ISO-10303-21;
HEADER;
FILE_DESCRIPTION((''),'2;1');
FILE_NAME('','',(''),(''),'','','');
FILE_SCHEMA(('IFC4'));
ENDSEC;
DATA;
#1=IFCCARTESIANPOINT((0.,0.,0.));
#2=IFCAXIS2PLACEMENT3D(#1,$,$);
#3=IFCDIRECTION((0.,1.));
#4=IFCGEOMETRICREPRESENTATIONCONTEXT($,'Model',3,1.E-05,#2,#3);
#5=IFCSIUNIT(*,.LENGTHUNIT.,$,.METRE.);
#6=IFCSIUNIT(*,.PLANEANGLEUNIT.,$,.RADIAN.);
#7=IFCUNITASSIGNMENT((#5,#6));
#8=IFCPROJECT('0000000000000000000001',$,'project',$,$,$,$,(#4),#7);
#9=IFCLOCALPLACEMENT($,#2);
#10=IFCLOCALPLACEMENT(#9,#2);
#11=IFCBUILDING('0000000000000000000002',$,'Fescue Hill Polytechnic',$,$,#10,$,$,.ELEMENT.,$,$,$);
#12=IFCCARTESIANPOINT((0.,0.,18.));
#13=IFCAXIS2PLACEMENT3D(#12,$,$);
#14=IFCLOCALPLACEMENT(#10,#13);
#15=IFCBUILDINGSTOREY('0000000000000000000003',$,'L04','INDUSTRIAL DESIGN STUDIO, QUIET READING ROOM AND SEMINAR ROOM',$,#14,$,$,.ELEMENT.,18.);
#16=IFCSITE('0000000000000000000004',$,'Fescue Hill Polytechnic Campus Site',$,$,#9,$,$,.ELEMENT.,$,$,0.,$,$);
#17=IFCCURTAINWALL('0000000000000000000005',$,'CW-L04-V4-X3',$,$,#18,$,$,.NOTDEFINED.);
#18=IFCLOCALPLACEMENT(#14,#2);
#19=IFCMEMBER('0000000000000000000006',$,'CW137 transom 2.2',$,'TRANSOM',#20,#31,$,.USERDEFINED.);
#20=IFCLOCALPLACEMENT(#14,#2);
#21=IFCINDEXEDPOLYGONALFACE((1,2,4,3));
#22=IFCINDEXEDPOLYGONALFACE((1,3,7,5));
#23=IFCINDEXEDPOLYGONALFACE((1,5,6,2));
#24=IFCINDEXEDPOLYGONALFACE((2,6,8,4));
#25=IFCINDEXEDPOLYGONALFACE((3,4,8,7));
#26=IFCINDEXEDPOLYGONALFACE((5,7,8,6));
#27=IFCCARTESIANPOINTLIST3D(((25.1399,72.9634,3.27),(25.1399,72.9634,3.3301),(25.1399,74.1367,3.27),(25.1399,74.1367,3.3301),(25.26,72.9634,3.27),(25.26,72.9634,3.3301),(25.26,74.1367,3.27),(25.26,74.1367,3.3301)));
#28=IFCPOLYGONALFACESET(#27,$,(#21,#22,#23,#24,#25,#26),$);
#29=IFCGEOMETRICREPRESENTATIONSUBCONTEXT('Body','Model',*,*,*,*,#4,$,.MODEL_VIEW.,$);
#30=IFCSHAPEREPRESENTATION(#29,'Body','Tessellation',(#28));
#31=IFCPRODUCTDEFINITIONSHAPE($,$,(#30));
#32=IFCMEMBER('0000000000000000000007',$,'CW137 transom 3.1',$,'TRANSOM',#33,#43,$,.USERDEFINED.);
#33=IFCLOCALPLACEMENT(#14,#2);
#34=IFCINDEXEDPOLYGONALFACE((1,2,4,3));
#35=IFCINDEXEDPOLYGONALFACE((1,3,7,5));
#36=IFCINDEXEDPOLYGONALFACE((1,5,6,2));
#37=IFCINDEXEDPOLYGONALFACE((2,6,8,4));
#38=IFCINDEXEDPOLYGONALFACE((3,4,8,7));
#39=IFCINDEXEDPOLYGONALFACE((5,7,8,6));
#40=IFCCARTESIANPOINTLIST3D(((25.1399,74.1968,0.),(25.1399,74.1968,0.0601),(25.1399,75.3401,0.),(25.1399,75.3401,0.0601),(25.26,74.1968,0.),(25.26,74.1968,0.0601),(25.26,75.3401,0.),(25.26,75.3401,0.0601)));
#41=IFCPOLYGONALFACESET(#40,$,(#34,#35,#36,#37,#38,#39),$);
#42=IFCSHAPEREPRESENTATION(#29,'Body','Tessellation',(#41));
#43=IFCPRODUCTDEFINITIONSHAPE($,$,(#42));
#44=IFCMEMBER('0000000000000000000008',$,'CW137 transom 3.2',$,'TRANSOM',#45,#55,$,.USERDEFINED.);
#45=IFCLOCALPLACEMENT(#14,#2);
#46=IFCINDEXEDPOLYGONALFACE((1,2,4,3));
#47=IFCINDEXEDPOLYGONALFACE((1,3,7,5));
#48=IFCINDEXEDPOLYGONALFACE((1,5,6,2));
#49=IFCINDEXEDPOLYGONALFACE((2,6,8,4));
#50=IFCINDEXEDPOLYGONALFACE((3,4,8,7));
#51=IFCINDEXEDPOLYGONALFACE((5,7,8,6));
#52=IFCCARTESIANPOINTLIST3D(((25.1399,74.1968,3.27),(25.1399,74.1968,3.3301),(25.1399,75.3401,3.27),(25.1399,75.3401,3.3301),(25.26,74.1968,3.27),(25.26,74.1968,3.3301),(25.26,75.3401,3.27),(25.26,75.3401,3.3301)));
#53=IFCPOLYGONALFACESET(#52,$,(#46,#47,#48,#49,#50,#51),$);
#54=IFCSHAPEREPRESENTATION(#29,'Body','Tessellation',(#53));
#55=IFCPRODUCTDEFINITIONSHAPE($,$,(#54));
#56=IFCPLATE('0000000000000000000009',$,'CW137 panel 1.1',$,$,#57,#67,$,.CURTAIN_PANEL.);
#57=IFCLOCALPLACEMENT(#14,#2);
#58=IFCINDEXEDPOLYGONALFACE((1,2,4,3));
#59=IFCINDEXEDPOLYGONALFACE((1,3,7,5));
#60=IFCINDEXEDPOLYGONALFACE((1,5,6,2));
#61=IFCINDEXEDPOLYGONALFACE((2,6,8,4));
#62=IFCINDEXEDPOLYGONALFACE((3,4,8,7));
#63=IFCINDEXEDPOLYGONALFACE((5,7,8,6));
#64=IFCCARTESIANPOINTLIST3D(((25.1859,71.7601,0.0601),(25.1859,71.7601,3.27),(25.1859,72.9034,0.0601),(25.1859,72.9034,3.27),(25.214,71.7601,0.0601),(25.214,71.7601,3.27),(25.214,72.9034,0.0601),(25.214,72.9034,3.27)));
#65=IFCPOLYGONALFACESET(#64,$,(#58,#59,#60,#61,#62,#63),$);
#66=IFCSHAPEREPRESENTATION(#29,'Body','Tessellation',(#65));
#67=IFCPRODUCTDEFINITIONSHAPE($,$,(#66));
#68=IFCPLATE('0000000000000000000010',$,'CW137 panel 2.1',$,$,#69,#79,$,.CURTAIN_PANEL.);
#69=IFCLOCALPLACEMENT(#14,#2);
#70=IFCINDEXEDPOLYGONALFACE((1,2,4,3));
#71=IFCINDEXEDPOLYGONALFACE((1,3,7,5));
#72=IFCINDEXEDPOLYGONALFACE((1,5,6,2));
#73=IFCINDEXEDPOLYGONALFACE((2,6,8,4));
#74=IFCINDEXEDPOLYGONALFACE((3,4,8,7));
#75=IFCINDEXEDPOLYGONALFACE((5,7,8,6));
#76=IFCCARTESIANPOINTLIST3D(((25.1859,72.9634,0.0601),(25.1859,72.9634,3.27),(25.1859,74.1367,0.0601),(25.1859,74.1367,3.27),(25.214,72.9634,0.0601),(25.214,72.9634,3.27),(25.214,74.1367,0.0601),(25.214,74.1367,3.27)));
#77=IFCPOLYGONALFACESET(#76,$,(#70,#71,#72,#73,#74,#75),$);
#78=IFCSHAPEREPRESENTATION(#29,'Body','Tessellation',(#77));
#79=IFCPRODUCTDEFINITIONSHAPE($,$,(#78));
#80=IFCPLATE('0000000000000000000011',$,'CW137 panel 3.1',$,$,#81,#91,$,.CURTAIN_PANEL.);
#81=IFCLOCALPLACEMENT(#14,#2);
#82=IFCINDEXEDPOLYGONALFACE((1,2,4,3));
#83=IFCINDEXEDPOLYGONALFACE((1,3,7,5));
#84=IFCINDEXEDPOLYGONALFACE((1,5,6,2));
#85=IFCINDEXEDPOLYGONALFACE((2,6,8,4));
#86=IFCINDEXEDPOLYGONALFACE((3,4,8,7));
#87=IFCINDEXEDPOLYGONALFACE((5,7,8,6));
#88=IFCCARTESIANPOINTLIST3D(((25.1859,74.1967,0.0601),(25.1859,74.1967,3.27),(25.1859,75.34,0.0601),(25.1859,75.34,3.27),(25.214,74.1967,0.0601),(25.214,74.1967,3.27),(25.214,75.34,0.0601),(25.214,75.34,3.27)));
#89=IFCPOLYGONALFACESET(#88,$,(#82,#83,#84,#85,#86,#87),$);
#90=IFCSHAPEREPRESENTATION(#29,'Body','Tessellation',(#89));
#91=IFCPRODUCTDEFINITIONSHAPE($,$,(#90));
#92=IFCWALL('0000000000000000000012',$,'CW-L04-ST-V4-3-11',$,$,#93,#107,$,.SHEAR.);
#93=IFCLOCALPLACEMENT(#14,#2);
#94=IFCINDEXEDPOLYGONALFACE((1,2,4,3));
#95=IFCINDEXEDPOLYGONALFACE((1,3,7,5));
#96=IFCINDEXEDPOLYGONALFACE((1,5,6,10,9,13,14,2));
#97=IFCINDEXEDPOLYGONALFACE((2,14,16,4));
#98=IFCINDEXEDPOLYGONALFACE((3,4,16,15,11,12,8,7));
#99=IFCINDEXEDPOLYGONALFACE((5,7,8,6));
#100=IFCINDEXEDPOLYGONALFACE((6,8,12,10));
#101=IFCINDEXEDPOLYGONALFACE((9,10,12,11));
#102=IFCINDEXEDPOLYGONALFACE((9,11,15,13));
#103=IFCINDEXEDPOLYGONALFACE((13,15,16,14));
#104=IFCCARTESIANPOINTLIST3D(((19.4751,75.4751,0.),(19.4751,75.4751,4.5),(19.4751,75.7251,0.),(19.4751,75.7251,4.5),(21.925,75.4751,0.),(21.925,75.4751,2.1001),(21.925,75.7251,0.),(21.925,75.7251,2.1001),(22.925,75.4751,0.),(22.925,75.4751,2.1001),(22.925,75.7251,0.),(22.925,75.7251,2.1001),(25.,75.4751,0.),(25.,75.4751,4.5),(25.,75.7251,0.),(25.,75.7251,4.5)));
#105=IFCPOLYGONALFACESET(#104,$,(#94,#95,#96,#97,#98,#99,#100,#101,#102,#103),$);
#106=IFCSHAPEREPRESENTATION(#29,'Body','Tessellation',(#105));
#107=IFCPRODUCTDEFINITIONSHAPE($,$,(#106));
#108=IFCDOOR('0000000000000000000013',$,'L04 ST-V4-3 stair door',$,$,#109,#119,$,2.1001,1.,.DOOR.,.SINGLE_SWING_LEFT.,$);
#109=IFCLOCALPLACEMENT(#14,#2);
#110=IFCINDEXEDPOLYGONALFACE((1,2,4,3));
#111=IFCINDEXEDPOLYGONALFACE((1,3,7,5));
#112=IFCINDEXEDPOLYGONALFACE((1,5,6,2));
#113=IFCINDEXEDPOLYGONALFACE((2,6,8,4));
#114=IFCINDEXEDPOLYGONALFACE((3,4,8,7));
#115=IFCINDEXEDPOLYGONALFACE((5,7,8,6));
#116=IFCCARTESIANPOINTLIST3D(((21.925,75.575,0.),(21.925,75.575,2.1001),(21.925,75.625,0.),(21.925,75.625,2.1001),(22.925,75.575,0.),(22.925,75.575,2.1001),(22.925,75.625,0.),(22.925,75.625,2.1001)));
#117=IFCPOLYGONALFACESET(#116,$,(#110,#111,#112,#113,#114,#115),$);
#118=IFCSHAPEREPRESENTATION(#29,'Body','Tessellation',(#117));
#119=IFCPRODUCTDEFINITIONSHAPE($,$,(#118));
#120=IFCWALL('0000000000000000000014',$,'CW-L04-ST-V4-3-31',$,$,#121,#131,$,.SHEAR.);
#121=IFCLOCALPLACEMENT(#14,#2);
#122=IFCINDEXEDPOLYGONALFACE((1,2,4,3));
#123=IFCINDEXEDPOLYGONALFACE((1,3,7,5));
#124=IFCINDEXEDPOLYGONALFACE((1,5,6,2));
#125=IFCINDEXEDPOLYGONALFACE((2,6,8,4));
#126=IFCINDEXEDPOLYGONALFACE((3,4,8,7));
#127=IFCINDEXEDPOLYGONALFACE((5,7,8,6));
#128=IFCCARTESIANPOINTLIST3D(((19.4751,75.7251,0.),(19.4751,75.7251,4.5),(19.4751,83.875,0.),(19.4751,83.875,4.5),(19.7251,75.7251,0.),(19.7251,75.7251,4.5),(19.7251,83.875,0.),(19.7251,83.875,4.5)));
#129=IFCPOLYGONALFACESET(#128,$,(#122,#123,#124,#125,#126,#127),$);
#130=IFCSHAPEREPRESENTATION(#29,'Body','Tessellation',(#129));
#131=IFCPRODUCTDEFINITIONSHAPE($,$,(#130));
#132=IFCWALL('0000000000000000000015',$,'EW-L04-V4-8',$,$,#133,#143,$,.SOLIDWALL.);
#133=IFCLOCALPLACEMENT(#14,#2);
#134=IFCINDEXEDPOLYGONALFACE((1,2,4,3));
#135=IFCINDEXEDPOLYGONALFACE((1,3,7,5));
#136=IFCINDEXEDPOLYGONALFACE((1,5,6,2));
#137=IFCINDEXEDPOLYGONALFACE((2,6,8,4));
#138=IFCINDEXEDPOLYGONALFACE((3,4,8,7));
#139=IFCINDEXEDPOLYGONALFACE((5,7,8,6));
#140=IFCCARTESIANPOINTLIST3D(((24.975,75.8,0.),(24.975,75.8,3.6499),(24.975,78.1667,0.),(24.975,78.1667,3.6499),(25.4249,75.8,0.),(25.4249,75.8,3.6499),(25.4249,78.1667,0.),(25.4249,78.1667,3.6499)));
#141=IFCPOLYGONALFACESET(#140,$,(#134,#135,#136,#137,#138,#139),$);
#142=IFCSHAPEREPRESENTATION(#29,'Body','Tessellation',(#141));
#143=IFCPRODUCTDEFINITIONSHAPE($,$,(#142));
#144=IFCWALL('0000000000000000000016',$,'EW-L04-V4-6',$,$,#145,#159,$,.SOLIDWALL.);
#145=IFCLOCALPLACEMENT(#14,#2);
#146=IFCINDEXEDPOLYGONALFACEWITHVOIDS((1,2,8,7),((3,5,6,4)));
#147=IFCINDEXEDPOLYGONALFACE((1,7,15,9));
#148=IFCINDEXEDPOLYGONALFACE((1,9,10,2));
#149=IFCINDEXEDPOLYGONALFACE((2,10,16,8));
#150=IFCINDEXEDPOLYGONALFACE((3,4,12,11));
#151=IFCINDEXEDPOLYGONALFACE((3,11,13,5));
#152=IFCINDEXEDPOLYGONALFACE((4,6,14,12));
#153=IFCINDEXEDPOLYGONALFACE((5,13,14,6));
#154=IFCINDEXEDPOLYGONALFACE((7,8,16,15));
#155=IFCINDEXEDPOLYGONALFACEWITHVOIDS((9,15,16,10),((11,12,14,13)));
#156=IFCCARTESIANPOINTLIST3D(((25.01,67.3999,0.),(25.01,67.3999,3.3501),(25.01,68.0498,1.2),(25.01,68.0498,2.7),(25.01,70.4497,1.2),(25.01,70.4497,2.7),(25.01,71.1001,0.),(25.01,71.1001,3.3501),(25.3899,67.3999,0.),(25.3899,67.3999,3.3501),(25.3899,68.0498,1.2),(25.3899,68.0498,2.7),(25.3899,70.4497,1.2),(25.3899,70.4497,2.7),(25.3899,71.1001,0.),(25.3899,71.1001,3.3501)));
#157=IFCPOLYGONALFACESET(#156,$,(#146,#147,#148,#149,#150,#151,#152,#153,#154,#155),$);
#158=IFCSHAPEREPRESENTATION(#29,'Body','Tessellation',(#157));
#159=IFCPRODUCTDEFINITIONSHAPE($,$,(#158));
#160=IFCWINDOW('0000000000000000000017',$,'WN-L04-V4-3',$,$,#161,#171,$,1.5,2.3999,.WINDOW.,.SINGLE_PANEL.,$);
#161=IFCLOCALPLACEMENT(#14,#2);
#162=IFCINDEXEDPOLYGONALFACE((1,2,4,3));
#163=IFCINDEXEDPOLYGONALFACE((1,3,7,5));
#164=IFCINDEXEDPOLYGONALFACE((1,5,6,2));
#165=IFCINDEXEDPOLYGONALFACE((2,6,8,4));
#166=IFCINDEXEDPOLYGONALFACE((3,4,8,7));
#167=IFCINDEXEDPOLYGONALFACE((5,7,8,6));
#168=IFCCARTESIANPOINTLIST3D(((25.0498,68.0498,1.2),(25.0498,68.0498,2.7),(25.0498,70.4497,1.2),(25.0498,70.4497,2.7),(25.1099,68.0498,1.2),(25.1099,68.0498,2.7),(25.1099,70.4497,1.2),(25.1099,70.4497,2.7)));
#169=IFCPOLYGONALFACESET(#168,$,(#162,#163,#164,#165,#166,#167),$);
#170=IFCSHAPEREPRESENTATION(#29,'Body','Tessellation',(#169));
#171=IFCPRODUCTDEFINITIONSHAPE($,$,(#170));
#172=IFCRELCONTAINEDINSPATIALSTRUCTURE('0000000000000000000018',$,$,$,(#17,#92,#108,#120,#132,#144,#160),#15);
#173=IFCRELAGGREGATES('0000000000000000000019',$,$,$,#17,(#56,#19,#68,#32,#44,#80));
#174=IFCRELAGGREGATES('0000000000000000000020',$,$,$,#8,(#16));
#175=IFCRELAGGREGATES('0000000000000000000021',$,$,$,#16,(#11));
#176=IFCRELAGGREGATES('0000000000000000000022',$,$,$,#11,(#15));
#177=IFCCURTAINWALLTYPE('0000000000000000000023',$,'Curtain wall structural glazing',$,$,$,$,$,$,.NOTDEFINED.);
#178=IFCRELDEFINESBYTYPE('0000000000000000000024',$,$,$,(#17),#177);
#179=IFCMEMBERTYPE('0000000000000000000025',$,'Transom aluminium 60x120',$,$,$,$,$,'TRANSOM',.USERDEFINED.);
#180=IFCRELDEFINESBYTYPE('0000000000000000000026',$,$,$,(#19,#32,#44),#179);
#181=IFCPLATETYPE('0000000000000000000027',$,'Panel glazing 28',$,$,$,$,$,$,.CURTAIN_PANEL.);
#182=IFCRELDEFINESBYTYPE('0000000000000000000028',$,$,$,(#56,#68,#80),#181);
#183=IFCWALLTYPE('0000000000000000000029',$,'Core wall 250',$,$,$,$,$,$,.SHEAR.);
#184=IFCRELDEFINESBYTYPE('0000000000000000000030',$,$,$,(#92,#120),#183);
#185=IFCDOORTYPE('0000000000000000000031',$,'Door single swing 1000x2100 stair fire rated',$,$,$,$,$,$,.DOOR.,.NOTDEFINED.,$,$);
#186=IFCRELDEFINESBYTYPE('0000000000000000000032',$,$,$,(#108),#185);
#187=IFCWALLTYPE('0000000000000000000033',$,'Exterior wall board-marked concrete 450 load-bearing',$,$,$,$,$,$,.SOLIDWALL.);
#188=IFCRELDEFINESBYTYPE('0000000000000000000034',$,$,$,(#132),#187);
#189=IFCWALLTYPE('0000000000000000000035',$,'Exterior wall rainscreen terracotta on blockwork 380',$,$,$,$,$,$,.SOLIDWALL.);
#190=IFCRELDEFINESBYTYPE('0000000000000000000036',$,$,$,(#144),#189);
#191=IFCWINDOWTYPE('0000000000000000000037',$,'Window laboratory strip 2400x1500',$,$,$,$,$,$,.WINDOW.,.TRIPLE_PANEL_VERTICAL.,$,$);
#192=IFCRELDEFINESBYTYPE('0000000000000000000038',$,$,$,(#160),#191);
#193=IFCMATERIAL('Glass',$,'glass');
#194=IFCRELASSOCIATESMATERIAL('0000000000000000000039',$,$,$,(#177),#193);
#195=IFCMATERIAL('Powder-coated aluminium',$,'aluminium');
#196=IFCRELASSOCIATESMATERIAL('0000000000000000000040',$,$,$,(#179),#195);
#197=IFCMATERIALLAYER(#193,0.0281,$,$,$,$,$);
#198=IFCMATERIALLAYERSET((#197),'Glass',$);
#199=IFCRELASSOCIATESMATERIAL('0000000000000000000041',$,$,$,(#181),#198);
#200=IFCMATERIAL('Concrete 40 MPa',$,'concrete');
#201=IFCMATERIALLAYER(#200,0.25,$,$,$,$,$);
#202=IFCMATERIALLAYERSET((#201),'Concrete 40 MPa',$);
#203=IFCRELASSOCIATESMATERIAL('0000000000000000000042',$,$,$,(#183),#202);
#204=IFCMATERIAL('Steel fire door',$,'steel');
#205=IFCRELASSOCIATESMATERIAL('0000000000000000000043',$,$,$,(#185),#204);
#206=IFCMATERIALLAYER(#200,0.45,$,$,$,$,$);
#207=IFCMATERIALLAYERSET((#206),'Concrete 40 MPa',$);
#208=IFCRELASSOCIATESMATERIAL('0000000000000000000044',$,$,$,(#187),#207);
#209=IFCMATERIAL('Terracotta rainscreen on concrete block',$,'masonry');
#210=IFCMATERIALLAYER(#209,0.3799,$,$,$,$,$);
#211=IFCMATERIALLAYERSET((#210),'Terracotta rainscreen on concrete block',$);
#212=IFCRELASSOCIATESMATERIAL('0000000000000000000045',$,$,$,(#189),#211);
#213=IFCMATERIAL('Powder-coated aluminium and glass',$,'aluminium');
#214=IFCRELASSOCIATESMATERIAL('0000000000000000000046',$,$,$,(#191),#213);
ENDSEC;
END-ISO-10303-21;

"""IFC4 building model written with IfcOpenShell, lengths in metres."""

from ifc_helpers import new_model, si_unit, direction, frame, frame_2d, origin, origin_2d, place, context, subcontext, project, spatial, rectangle, extrude, material, layer, layer_set, material_profile, profile_set, type_object, element, fill, aggregate, save


model = new_model("IFC4")

# Units and contexts
model_context = context("Model", 3, precision=1e-05, world=origin(), true_north=direction((0.0, 1.0)))
body_context = subcontext(model_context, "Body", "Model", "MODEL_VIEW")
ifc_project = project(units=[si_unit("LENGTHUNIT", "METRE"), si_unit("PLANEANGLEUNIT", "RADIAN")], contexts=[model_context])

# Site, building, storey
site_placement = place(None, origin())
site = spatial("IfcSite", under=ifc_project, at=site_placement, Name="Fescue Hill Polytechnic Campus Site", CompositionType="ELEMENT", RefElevation=0.0)
building_placement = place(site_placement, origin())
building = spatial("IfcBuilding", under=site, at=building_placement, Name="Fescue Hill Polytechnic", CompositionType="ELEMENT")
storey_placement = place(building_placement, frame((0.0, 0.0, 18.0)))
storey = spatial("IfcBuildingStorey", under=building, at=storey_placement, Name="L04", Description="INDUSTRIAL DESIGN STUDIO, QUIET READING ROOM AND SEMINAR ROOM", CompositionType="ELEMENT", Elevation=18.0)

# Shared definitions
ifc_material_1 = material(Name="Concrete 40 MPa", Category="concrete")

# Curtain wall, members, plates
ifc_material_2 = material(Name="Glass", Category="glass")
curtain_wall_type = type_object("IfcCurtainWallType", Name="Curtain wall structural glazing", PredefinedType="NOTDEFINED", material=ifc_material_2)
curtain_wall_placement = place(storey_placement, origin())
curtain_wall = element("IfcCurtainWall", 1, at=curtain_wall_placement, inside=storey, type_object=curtain_wall_type, Name="CW-L04-V4-X3", PredefinedType="NOTDEFINED")
ifc_material_3 = material(Name="Powder-coated aluminium", Category="aluminium")
ifc_material_profile_1 = material_profile(ifc_material_3, rectangle(XDim=0.1201, YDim=0.0601, at=origin_2d()), Name="Transom aluminium 60x120")
ifc_profile_set_1 = profile_set([ifc_material_profile_1], Name="Powder-coated aluminium")
member_type_1 = type_object("IfcMemberType", Name="Transom aluminium 60x120", ElementType="TRANSOM", PredefinedType="USERDEFINED", material=ifc_profile_set_1)
member_1_placement = place(storey_placement, frame((25.2, 72.9634, 3.3), z_axis=(0.0, 1.0, 0.0), x_axis=(-1.0, 0.0, 0.0)))
member_1 = element("IfcMember", 2, at=member_1_placement, type_object=member_type_1, Name="CW137 transom 2.2", ObjectType="TRANSOM", PredefinedType="USERDEFINED", context=body_context, shape_type="SweptSolid", body=[
    extrude(rectangle(XDim=0.1201, YDim=0.0601, at=origin_2d()), origin(), (0.0, 0.0, 1.0), 1.1733),
])
member_2_placement = place(storey_placement, frame((25.2, 74.1968, 0.03), z_axis=(0.0, 1.0, 0.0), x_axis=(-1.0, 0.0, 0.0)))
member_2 = element("IfcMember", 3, at=member_2_placement, type_object=member_type_1, Name="CW137 transom 3.1", ObjectType="TRANSOM", PredefinedType="USERDEFINED", context=body_context, shape_type="SweptSolid", body=[
    extrude(rectangle(XDim=0.1201, YDim=0.0601, at=origin_2d()), origin(), (0.0, 0.0, 1.0), 1.1433),
])
member_3_placement = place(storey_placement, frame((25.2, 74.1968, 3.3), z_axis=(0.0, 1.0, 0.0), x_axis=(-1.0, 0.0, 0.0)))
member_3 = element("IfcMember", 4, at=member_3_placement, type_object=member_type_1, Name="CW137 transom 3.2", ObjectType="TRANSOM", PredefinedType="USERDEFINED", context=body_context, shape_type="SweptSolid", body=[
    extrude(rectangle(XDim=0.1201, YDim=0.0601, at=origin_2d()), origin(), (0.0, 0.0, 1.0), 1.1433),
])
ifc_layer_1 = layer(ifc_material_2, 0.0281)
ifc_layer_set_1 = layer_set([ifc_layer_1], Name="Glass")
plate_type = type_object("IfcPlateType", Name="Panel glazing 28", PredefinedType="CURTAIN_PANEL", material=ifc_layer_set_1)
plate_1_placement = place(storey_placement, frame((25.2, 72.3318, 0.0601), z_axis=(0.0, 0.0, 1.0), x_axis=(0.0, 1.0, 0.0)))
plate_1 = element("IfcPlate", 5, at=plate_1_placement, type_object=plate_type, Name="CW137 panel 1.1", PredefinedType="CURTAIN_PANEL", context=body_context, shape_type="SweptSolid", body=[
    extrude(rectangle(XDim=1.1433, YDim=0.0281, at=origin_2d()), origin(), (0.0, 0.0, 1.0), 3.21),
])
plate_2_placement = place(storey_placement, frame((25.2, 73.55, 0.0601), z_axis=(0.0, 0.0, 1.0), x_axis=(0.0, 1.0, 0.0)))
plate_2 = element("IfcPlate", 6, at=plate_2_placement, type_object=plate_type, Name="CW137 panel 2.1", PredefinedType="CURTAIN_PANEL", context=body_context, shape_type="SweptSolid", body=[
    extrude(rectangle(XDim=1.1733, YDim=0.0281, at=origin_2d()), origin(), (0.0, 0.0, 1.0), 3.21),
])
plate_3_placement = place(storey_placement, frame((25.2, 74.7683, 0.0601), z_axis=(0.0, 0.0, 1.0), x_axis=(0.0, 1.0, 0.0)))
plate_3 = element("IfcPlate", 7, at=plate_3_placement, type_object=plate_type, Name="CW137 panel 3.1", PredefinedType="CURTAIN_PANEL", context=body_context, shape_type="SweptSolid", body=[
    extrude(rectangle(XDim=1.1433, YDim=0.0281, at=origin_2d()), origin(), (0.0, 0.0, 1.0), 3.21),
])
aggregate(curtain_wall, [plate_1, member_1, plate_2, member_2, member_3, plate_3])

# Wall, opening, door
ifc_layer_2 = layer(ifc_material_1, 0.25)
ifc_layer_set_2 = layer_set([ifc_layer_2], Name="Concrete 40 MPa")
wall_type_1 = type_object("IfcWallType", Name="Core wall 250", PredefinedType="SHEAR", material=ifc_layer_set_2)
wall_1_placement = place(storey_placement, frame((19.4751, 75.6001, 0.0), z_axis=(0.0, 0.0, 1.0), x_axis=(1.0, 0.0, 0.0)))
wall_1 = element("IfcWall", 8, at=wall_1_placement, inside=storey, type_object=wall_type_1, Name="CW-L04-ST-V4-3-11", PredefinedType="SHEAR", context=body_context, shape_type="SweptSolid", body=[
    extrude(rectangle(XDim=5.5249, YDim=0.25, at=frame_2d((2.7625, 0.0))), origin(), (0.0, 0.0, 1.0), 4.5),
])
opening_1_placement = place(wall_1_placement, frame((2.45, 0.0, 0.0)))
opening_1 = element("IfcOpeningElement", 9, at=opening_1_placement, cuts=wall_1, PredefinedType="OPENING", context=body_context, shape_type="SweptSolid", body=[
    extrude(rectangle(XDim=1.0, YDim=2.1001, at=frame_2d((0.5, 1.05))), frame((0.0, 0.135, 0.0), z_axis=(0.0, -1.0, 0.0), x_axis=(1.0, 0.0, 0.0)), (0.0, 0.0, 1.0), 0.27),
])
ifc_material_4 = material(Name="Steel fire door", Category="steel")
door_type_1 = type_object("IfcDoorType", Name="Door single swing 1000x2100 stair fire rated", OperationType="NOTDEFINED", PredefinedType="DOOR", material=ifc_material_4)
door_1_placement = place(opening_1_placement, origin())
door_1 = element("IfcDoor", 10, at=door_1_placement, inside=storey, type_object=door_type_1, Name="L04 ST-V4-3 stair door", OperationType="SINGLE_SWING_LEFT", OverallHeight=2.1001, OverallWidth=1.0, PredefinedType="DOOR", context=body_context, shape_type="SweptSolid", body=[
    extrude(rectangle(XDim=1.0, YDim=2.1001, at=frame_2d((0.5, 1.05))), frame((0.0, 0.0249, 0.0), z_axis=(0.0, -1.0, 0.0), x_axis=(1.0, 0.0, 0.0)), (0.0, 0.0, 1.0), 0.05),
])
fill(opening_1, door_1)

# Walls
wall_2_placement = place(storey_placement, frame((19.6001, 75.7251, 0.0), z_axis=(0.0, 0.0, 1.0), x_axis=(0.0, 1.0, 0.0)))
element("IfcWall", 11, at=wall_2_placement, inside=storey, type_object=wall_type_1, Name="CW-L04-ST-V4-3-31", PredefinedType="SHEAR", context=body_context, shape_type="SweptSolid", body=[
    extrude(rectangle(XDim=8.1499, YDim=0.25, at=frame_2d((4.075, 0.0))), origin(), (0.0, 0.0, 1.0), 4.5),
])
ifc_layer_3 = layer(ifc_material_1, 0.45)
ifc_layer_set_3 = layer_set([ifc_layer_3], Name="Concrete 40 MPa")
wall_type_2 = type_object("IfcWallType", Name="Exterior wall board-marked concrete 450 load-bearing", PredefinedType="SOLIDWALL", material=ifc_layer_set_3)
wall_3_placement = place(storey_placement, frame((25.2, 75.8, 0.0), z_axis=(0.0, 0.0, 1.0), x_axis=(0.0, 1.0, 0.0)))
element("IfcWall", 12, at=wall_3_placement, inside=storey, type_object=wall_type_2, Name="EW-L04-V4-8", PredefinedType="SOLIDWALL", context=body_context, shape_type="SweptSolid", body=[
    extrude(rectangle(XDim=2.3667, YDim=0.45, at=frame_2d((1.1833, 0.0))), origin(), (0.0, 0.0, 1.0), 3.6499),
])

# Wall, opening, window
ifc_material_5 = material(Name="Terracotta rainscreen on concrete block", Category="masonry")
ifc_layer_4 = layer(ifc_material_5, 0.3799)
ifc_layer_set_4 = layer_set([ifc_layer_4], Name="Terracotta rainscreen on concrete block")
wall_type_3 = type_object("IfcWallType", Name="Exterior wall rainscreen terracotta on blockwork 380", PredefinedType="SOLIDWALL", material=ifc_layer_set_4)
wall_4_placement = place(storey_placement, frame((25.2, 67.3999, 0.0), z_axis=(0.0, 0.0, 1.0), x_axis=(0.0, 1.0, 0.0)))
wall_4 = element("IfcWall", 13, at=wall_4_placement, inside=storey, type_object=wall_type_3, Name="EW-L04-V4-6", PredefinedType="SOLIDWALL", context=body_context, shape_type="SweptSolid", body=[
    extrude(rectangle(XDim=3.7002, YDim=0.3799, at=frame_2d((1.8501, 0.0))), origin(), (0.0, 0.0, 1.0), 3.3501),
])
opening_2_placement = place(wall_4_placement, frame((0.6499, 0.0, 1.2)))
opening_2 = element("IfcOpeningElement", 14, at=opening_2_placement, cuts=wall_4, PredefinedType="OPENING", context=body_context, shape_type="SweptSolid", body=[
    extrude(rectangle(XDim=2.3999, YDim=1.5, at=frame_2d((1.2, 0.75))), frame((0.0, 0.2, 0.0), z_axis=(0.0, -1.0, 0.0), x_axis=(1.0, 0.0, 0.0)), (0.0, 0.0, 1.0), 0.3999),
])
ifc_material_6 = material(Name="Powder-coated aluminium and glass", Category="aluminium")
window_type = type_object("IfcWindowType", Name="Window laboratory strip 2400x1500", PartitioningType="TRIPLE_PANEL_VERTICAL", PredefinedType="WINDOW", material=ifc_material_6)
window_placement = place(opening_2_placement, origin())
window = element("IfcWindow", 15, at=window_placement, inside=storey, type_object=window_type, Name="WN-L04-V4-3", OverallHeight=1.5, OverallWidth=2.3999, PartitioningType="SINGLE_PANEL", PredefinedType="WINDOW", context=body_context, shape_type="SweptSolid", body=[
    extrude(rectangle(XDim=2.3999, YDim=1.5, at=frame_2d((1.2, 0.75))), frame((0.0, 0.1501, 0.0), z_axis=(0.0, -1.0, 0.0), x_axis=(1.0, 0.0, 0.0)), (0.0, 0.0, 1.0), 0.0601),
])
fill(opening_2, window)

save(model, "model.ifc")
